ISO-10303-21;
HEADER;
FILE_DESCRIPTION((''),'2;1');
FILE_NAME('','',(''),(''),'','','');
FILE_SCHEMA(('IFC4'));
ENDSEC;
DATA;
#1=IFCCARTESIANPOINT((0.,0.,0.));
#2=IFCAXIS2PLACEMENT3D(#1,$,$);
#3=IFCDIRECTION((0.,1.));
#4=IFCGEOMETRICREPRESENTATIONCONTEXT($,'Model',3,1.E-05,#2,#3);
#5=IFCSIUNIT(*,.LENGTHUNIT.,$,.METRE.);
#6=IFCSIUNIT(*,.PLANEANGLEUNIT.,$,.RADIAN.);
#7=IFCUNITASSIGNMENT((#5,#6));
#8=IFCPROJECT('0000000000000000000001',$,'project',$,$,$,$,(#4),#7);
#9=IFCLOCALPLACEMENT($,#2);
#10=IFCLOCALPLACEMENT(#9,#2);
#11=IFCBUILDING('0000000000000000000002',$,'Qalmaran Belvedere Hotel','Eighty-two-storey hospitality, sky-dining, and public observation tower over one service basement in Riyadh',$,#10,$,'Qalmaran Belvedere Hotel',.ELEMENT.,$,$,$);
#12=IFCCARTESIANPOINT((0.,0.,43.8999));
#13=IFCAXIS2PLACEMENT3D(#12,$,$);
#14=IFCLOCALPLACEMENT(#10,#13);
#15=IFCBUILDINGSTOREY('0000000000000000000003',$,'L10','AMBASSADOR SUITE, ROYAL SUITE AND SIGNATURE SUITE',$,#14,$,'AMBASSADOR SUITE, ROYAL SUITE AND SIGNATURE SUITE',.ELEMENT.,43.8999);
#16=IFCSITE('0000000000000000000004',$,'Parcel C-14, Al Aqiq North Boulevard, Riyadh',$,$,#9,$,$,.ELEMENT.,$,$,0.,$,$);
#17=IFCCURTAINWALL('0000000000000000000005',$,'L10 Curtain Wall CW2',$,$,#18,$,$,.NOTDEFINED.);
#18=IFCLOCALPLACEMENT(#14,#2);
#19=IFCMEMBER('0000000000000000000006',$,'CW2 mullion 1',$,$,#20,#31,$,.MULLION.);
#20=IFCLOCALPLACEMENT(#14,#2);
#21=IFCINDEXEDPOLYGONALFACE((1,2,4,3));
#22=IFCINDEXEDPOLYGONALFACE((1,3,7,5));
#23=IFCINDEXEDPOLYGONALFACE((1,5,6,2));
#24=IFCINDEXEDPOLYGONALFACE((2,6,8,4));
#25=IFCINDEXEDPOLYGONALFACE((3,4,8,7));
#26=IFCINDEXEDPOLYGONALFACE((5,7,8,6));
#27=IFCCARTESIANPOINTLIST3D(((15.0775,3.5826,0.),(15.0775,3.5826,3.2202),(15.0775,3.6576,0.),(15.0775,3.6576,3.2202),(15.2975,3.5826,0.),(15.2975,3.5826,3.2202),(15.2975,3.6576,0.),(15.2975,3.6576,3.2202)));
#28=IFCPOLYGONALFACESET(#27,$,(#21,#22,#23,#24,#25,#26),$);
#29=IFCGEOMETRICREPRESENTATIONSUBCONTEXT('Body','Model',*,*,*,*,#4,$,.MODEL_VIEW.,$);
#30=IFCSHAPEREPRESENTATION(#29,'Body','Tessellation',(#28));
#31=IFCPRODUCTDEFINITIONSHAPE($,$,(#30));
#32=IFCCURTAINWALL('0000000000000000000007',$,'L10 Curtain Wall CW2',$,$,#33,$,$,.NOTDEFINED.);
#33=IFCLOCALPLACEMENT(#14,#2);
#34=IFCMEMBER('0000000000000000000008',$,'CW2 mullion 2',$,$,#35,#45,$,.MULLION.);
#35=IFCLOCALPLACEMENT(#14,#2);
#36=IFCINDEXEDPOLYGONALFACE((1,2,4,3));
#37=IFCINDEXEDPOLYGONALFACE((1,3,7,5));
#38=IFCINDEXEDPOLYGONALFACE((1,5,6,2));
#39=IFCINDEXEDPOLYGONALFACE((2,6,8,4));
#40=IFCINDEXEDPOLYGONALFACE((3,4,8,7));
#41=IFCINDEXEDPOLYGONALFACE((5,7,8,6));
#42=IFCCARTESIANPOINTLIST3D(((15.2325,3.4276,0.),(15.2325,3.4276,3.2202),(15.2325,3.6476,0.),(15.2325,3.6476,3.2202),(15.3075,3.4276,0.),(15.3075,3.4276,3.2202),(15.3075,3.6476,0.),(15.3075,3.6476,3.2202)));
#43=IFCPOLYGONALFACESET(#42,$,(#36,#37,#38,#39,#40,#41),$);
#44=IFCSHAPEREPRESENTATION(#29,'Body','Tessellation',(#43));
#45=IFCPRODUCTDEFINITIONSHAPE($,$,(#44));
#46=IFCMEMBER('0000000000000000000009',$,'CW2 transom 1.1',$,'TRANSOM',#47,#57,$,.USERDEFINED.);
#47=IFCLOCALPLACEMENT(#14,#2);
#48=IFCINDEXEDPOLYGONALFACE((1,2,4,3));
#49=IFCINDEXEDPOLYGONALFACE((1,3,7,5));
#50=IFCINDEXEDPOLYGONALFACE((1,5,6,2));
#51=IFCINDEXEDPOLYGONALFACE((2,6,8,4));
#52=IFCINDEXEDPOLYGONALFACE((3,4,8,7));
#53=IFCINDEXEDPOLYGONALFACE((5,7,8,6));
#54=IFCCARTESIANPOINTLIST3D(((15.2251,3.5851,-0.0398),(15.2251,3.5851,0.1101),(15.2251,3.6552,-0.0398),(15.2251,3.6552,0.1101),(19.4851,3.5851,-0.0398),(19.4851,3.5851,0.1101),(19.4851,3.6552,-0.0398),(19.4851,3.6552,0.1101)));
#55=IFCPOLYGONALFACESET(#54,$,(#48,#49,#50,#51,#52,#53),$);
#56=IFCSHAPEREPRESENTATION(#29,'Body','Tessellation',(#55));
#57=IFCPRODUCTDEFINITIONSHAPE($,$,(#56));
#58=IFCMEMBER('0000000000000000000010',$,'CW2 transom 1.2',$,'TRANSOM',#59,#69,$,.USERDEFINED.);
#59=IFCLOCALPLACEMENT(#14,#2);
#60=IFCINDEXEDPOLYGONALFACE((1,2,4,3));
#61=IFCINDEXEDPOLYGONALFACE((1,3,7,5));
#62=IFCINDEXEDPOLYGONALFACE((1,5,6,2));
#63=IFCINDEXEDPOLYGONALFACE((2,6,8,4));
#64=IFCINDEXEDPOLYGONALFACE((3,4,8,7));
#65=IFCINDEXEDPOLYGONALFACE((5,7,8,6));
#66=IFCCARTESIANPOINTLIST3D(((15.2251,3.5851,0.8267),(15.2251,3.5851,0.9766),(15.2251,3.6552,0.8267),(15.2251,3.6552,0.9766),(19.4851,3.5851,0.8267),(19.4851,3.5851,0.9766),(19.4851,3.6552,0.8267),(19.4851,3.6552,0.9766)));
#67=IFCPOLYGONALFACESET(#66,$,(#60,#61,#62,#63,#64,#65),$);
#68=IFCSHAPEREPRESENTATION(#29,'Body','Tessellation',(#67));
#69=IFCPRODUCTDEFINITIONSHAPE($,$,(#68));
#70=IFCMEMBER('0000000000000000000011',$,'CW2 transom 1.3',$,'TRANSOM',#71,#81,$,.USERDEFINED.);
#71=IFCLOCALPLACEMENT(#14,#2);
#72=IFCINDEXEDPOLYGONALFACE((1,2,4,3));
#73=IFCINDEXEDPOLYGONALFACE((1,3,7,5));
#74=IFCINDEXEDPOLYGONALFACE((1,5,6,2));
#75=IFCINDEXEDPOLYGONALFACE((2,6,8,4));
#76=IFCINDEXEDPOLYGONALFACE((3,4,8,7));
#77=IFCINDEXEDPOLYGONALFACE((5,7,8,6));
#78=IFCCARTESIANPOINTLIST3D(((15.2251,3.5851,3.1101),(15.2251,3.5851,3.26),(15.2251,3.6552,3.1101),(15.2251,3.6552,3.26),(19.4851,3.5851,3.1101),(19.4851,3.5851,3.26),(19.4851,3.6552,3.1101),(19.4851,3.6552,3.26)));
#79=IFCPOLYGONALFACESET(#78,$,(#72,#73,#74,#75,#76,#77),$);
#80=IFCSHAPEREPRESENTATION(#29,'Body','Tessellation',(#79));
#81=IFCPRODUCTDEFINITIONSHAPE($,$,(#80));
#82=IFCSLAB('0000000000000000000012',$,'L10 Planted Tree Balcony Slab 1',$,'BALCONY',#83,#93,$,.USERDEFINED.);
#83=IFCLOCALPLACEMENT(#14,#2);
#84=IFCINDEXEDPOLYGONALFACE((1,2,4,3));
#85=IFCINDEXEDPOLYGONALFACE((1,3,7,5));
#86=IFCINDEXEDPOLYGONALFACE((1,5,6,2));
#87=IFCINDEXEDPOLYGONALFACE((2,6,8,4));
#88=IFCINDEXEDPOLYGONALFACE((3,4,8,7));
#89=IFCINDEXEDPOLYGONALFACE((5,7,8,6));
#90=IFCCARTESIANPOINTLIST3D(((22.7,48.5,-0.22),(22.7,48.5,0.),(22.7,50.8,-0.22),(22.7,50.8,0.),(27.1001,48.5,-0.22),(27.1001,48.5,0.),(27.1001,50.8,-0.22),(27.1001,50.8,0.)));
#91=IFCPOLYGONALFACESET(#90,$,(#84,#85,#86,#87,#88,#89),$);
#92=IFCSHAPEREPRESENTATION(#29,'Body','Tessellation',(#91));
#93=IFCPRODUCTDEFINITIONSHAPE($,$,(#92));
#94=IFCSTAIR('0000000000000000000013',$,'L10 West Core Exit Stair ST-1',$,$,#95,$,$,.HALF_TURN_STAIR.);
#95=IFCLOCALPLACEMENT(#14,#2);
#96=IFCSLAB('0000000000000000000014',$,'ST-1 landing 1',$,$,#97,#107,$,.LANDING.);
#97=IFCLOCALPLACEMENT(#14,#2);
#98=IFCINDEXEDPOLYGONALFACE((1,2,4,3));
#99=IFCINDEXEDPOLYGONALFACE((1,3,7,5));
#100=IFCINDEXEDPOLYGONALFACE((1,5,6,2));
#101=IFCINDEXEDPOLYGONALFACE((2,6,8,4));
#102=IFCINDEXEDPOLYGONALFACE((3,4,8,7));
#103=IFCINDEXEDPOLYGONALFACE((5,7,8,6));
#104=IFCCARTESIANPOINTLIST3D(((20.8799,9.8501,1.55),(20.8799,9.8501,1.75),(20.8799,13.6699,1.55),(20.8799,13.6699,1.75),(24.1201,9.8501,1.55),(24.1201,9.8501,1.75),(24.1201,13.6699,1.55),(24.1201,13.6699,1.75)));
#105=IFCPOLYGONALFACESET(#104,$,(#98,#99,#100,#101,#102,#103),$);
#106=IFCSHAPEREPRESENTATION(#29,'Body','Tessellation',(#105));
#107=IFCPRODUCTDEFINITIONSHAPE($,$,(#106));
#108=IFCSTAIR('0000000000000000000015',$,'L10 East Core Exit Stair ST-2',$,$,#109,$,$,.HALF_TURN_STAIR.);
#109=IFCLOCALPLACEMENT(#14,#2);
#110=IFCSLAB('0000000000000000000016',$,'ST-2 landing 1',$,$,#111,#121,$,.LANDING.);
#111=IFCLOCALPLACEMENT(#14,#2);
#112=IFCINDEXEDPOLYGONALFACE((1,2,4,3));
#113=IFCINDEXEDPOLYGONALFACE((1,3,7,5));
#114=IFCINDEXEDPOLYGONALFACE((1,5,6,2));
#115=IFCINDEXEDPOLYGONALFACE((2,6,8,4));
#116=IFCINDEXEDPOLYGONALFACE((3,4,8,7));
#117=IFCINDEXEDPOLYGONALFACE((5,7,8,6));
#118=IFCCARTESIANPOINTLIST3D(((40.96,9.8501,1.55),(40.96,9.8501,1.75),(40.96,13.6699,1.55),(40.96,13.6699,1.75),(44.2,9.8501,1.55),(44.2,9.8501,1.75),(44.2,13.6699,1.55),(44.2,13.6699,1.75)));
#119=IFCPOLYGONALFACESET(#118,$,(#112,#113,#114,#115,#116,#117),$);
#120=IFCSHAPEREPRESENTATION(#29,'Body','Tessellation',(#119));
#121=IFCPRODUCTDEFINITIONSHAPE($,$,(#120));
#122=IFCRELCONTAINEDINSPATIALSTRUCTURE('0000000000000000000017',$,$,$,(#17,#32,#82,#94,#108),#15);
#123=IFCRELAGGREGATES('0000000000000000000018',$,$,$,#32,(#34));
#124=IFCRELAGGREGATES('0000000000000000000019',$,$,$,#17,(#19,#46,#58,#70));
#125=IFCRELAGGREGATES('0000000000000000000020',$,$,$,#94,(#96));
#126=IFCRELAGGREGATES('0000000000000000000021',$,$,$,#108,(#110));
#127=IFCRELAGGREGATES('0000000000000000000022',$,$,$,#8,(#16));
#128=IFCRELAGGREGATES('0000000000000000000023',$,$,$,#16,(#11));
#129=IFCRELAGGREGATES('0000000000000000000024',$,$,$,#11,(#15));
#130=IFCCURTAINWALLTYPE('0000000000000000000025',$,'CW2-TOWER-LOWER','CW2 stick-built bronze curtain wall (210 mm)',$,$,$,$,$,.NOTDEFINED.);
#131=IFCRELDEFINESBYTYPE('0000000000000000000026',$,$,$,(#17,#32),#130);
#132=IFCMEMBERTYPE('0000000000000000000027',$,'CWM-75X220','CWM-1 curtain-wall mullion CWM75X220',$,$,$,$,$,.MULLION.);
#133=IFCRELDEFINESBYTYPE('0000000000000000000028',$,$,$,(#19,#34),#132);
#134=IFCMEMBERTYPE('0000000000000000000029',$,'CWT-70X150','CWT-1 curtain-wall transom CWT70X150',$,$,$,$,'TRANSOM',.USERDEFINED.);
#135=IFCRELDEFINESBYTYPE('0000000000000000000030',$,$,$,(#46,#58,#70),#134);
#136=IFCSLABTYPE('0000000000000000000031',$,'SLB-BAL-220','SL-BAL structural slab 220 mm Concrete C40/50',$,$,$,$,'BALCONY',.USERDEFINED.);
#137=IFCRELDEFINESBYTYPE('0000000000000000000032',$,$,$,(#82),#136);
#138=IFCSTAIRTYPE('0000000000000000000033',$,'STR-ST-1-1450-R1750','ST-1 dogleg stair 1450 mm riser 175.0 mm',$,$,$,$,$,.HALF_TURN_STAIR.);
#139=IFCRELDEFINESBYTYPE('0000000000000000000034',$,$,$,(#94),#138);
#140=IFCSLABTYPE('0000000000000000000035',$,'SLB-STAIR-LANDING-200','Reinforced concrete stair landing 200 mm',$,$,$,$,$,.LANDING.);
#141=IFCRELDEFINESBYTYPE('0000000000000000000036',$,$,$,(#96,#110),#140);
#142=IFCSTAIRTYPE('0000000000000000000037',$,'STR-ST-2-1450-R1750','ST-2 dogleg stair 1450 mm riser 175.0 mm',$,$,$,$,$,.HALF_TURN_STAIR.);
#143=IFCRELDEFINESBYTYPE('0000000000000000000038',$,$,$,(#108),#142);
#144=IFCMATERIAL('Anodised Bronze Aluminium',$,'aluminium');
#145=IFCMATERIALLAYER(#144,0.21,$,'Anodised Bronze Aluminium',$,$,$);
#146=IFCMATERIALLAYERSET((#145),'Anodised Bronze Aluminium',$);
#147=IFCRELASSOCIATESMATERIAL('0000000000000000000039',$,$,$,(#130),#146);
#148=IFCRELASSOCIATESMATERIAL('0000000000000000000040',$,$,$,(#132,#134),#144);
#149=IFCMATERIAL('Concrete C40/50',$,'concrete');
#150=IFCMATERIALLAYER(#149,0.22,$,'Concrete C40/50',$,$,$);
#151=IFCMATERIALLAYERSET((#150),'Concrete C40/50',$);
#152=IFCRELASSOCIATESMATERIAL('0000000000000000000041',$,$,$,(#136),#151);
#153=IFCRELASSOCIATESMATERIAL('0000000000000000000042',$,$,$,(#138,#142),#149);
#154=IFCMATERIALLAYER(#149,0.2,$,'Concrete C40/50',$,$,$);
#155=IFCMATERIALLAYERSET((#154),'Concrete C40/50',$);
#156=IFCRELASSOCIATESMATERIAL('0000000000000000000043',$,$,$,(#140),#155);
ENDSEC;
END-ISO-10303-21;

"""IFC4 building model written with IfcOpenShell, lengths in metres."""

from ifc_helpers import new_model, si_unit, direction, frame, origin, origin_2d, place, context, subcontext, project, spatial, polyline, rectangle, outline, extrude, material, layer, layer_set, material_profile, profile_set, type_object, element, aggregate, save


model = new_model("IFC4")

# Units and contexts
model_context = context("Model", 3, precision=1e-05, world=origin(), true_north=direction((0.0, 1.0)))
body_context = subcontext(model_context, "Body", "Model", "MODEL_VIEW")
ifc_project = project(units=[si_unit("LENGTHUNIT", "METRE"), si_unit("PLANEANGLEUNIT", "RADIAN")], contexts=[model_context])

# Site, building, storey
site_placement = place(None, origin())
site = spatial("IfcSite", under=ifc_project, at=site_placement, Name="Parcel C-14, Al Aqiq North Boulevard, Riyadh", CompositionType="ELEMENT", RefElevation=0.0)
building_placement = place(site_placement, origin())
building = spatial("IfcBuilding", under=site, at=building_placement, Name="Qalmaran Belvedere Hotel", Description="Eighty-two-storey hospitality, sky-dining, and public observation tower over one service basement in Riyadh", LongName="Qalmaran Belvedere Hotel", CompositionType="ELEMENT")
storey_placement = place(building_placement, frame((0.0, 0.0, 43.8999)))
storey = spatial("IfcBuildingStorey", under=building, at=storey_placement, Name="L10", Description="AMBASSADOR SUITE, ROYAL SUITE AND SIGNATURE SUITE", LongName="AMBASSADOR SUITE, ROYAL SUITE AND SIGNATURE SUITE", CompositionType="ELEMENT", Elevation=43.8999)

# Curtain walls, members
ifc_material_1 = material(Name="Anodised Bronze Aluminium", Category="aluminium")
ifc_layer_1 = layer(ifc_material_1, 0.21, Name="Anodised Bronze Aluminium")
ifc_layer_set_1 = layer_set([ifc_layer_1], Name="Anodised Bronze Aluminium")
curtain_wall_type = type_object("IfcCurtainWallType", Name="CW2-TOWER-LOWER", Description="CW2 stick-built bronze curtain wall (210 mm)", PredefinedType="NOTDEFINED", material=ifc_layer_set_1)
curtain_wall_1_placement = place(storey_placement, origin())
curtain_wall_1 = element("IfcCurtainWall", 1, at=curtain_wall_1_placement, inside=storey, type_object=curtain_wall_type, Name="L10 Curtain Wall CW2", PredefinedType="NOTDEFINED")
ifc_material_profile_1 = material_profile(ifc_material_1, rectangle(XDim=0.075, YDim=0.22, at=origin_2d()), Name="CWM75X220")
ifc_profile_set_1 = profile_set([ifc_material_profile_1], Name="Anodised Bronze Aluminium")
member_type_1 = type_object("IfcMemberType", Name="CWM-75X220", Description="CWM-1 curtain-wall mullion CWM75X220", PredefinedType="MULLION", material=ifc_profile_set_1)
member_1_placement = place(storey_placement, frame((15.1875, 3.6201, 0.0), z_axis=(0.0, 0.0, 1.0), x_axis=(0.0, 1.0, 0.0)))
member_1 = element("IfcMember", 2, at=member_1_placement, type_object=member_type_1, Name="CW2 mullion 1", PredefinedType="MULLION", context=body_context, shape_type="SweptSolid", body=[
    extrude(rectangle(XDim=0.075, YDim=0.22, at=origin_2d()), origin(), (0.0, 0.0, 1.0), 3.2202),
])
curtain_wall_2_placement = place(storey_placement, origin())
curtain_wall_2 = element("IfcCurtainWall", 3, at=curtain_wall_2_placement, inside=storey, type_object=curtain_wall_type, Name="L10 Curtain Wall CW2", PredefinedType="NOTDEFINED")
member_2_placement = place(storey_placement, frame((15.27, 3.5376, 0.0), z_axis=(0.0, 0.0, 1.0), x_axis=(1.0, 0.0, 0.0)))
member_2 = element("IfcMember", 4, at=member_2_placement, type_object=member_type_1, Name="CW2 mullion 2", PredefinedType="MULLION", context=body_context, shape_type="SweptSolid", body=[
    extrude(rectangle(XDim=0.075, YDim=0.22, at=origin_2d()), origin(), (0.0, 0.0, 1.0), 3.2202),
])
aggregate(curtain_wall_2, [member_2])

# Members
ifc_material_profile_2 = material_profile(ifc_material_1, rectangle(XDim=0.0701, YDim=0.1499, at=origin_2d()), Name="CWT70X150")
ifc_profile_set_2 = profile_set([ifc_material_profile_2], Name="Anodised Bronze Aluminium")
member_type_2 = type_object("IfcMemberType", Name="CWT-70X150", Description="CWT-1 curtain-wall transom CWT70X150", ElementType="TRANSOM", PredefinedType="USERDEFINED", material=ifc_profile_set_2)
member_3_placement = place(storey_placement, frame((15.2251, 3.6201, 0.0352), z_axis=(1.0, 0.0, 0.0), x_axis=(0.0, 1.0, 0.0)))
member_3 = element("IfcMember", 5, at=member_3_placement, type_object=member_type_2, Name="CW2 transom 1.1", ObjectType="TRANSOM", PredefinedType="USERDEFINED", context=body_context, shape_type="SweptSolid", body=[
    extrude(rectangle(XDim=0.0701, YDim=0.1499, at=origin_2d()), origin(), (0.0, 0.0, 1.0), 4.26),
])
member_4_placement = place(storey_placement, frame((15.2251, 3.6201, 0.9016), z_axis=(1.0, 0.0, 0.0), x_axis=(0.0, 1.0, 0.0)))
member_4 = element("IfcMember", 6, at=member_4_placement, type_object=member_type_2, Name="CW2 transom 1.2", ObjectType="TRANSOM", PredefinedType="USERDEFINED", context=body_context, shape_type="SweptSolid", body=[
    extrude(rectangle(XDim=0.0701, YDim=0.1499, at=origin_2d()), origin(), (0.0, 0.0, 1.0), 4.26),
])
member_5_placement = place(storey_placement, frame((15.2251, 3.6201, 3.1851), z_axis=(1.0, 0.0, 0.0), x_axis=(0.0, 1.0, 0.0)))
member_5 = element("IfcMember", 7, at=member_5_placement, type_object=member_type_2, Name="CW2 transom 1.3", ObjectType="TRANSOM", PredefinedType="USERDEFINED", context=body_context, shape_type="SweptSolid", body=[
    extrude(rectangle(XDim=0.0701, YDim=0.1499, at=origin_2d()), origin(), (0.0, 0.0, 1.0), 4.26),
])
aggregate(curtain_wall_1, [member_1, member_3, member_4, member_5])

# Slab
ifc_material_2 = material(Name="Concrete C40/50", Category="concrete")
ifc_layer_2 = layer(ifc_material_2, 0.22, Name="Concrete C40/50")
ifc_layer_set_2 = layer_set([ifc_layer_2], Name="Concrete C40/50")
slab_type_1 = type_object("IfcSlabType", Name="SLB-BAL-220", Description="SL-BAL structural slab 220 mm Concrete C40/50", ElementType="BALCONY", PredefinedType="USERDEFINED", material=ifc_layer_set_2)
slab_1_placement = place(storey_placement, frame((0.0, 0.0, -0.22)))
element("IfcSlab", 8, at=slab_1_placement, inside=storey, type_object=slab_type_1, Name="L10 Planted Tree Balcony Slab 1", ObjectType="BALCONY", PredefinedType="USERDEFINED", context=body_context, shape_type="SweptSolid", body=[
    extrude(outline(polyline([(22.7, 48.5), (27.1001, 48.5), (27.1001, 50.8), (22.7, 50.8), (22.7, 48.5)])), origin(), (0.0, 0.0, 1.0), 0.22),
])

# Stairs, slabs
stair_type_1 = type_object("IfcStairType", Name="STR-ST-1-1450-R1750", Description="ST-1 dogleg stair 1450 mm riser 175.0 mm", PredefinedType="HALF_TURN_STAIR", material=ifc_material_2)
stair_1_placement = place(storey_placement, origin())
stair_1 = element("IfcStair", 9, at=stair_1_placement, inside=storey, type_object=stair_type_1, Name="L10 West Core Exit Stair ST-1", PredefinedType="HALF_TURN_STAIR")
ifc_layer_3 = layer(ifc_material_2, 0.2, Name="Concrete C40/50")
ifc_layer_set_3 = layer_set([ifc_layer_3], Name="Concrete C40/50")
slab_type_2 = type_object("IfcSlabType", Name="SLB-STAIR-LANDING-200", Description="Reinforced concrete stair landing 200 mm", PredefinedType="LANDING", material=ifc_layer_set_3)
slab_2_placement = place(storey_placement, frame((0.0, 0.0, 1.55)))
slab_2 = element("IfcSlab", 10, at=slab_2_placement, type_object=slab_type_2, Name="ST-1 landing 1", PredefinedType="LANDING", context=body_context, shape_type="SweptSolid", body=[
    extrude(outline(polyline([(20.8799, 13.6699), (20.8799, 9.8501), (24.1201, 9.8501), (24.1201, 13.6699), (20.8799, 13.6699)])), origin(), (0.0, 0.0, 1.0), 0.2),
])
aggregate(stair_1, [slab_2])
stair_type_2 = type_object("IfcStairType", Name="STR-ST-2-1450-R1750", Description="ST-2 dogleg stair 1450 mm riser 175.0 mm", PredefinedType="HALF_TURN_STAIR", material=ifc_material_2)
stair_2_placement = place(storey_placement, origin())
stair_2 = element("IfcStair", 11, at=stair_2_placement, inside=storey, type_object=stair_type_2, Name="L10 East Core Exit Stair ST-2", PredefinedType="HALF_TURN_STAIR")
slab_3_placement = place(storey_placement, frame((0.0, 0.0, 1.55)))
slab_3 = element("IfcSlab", 12, at=slab_3_placement, type_object=slab_type_2, Name="ST-2 landing 1", PredefinedType="LANDING", context=body_context, shape_type="SweptSolid", body=[
    extrude(outline(polyline([(40.96, 13.6699), (40.96, 9.8501), (44.2, 9.8501), (44.2, 13.6699), (40.96, 13.6699)])), origin(), (0.0, 0.0, 1.0), 0.2),
])
aggregate(stair_2, [slab_3])

save(model, "model.ifc")
